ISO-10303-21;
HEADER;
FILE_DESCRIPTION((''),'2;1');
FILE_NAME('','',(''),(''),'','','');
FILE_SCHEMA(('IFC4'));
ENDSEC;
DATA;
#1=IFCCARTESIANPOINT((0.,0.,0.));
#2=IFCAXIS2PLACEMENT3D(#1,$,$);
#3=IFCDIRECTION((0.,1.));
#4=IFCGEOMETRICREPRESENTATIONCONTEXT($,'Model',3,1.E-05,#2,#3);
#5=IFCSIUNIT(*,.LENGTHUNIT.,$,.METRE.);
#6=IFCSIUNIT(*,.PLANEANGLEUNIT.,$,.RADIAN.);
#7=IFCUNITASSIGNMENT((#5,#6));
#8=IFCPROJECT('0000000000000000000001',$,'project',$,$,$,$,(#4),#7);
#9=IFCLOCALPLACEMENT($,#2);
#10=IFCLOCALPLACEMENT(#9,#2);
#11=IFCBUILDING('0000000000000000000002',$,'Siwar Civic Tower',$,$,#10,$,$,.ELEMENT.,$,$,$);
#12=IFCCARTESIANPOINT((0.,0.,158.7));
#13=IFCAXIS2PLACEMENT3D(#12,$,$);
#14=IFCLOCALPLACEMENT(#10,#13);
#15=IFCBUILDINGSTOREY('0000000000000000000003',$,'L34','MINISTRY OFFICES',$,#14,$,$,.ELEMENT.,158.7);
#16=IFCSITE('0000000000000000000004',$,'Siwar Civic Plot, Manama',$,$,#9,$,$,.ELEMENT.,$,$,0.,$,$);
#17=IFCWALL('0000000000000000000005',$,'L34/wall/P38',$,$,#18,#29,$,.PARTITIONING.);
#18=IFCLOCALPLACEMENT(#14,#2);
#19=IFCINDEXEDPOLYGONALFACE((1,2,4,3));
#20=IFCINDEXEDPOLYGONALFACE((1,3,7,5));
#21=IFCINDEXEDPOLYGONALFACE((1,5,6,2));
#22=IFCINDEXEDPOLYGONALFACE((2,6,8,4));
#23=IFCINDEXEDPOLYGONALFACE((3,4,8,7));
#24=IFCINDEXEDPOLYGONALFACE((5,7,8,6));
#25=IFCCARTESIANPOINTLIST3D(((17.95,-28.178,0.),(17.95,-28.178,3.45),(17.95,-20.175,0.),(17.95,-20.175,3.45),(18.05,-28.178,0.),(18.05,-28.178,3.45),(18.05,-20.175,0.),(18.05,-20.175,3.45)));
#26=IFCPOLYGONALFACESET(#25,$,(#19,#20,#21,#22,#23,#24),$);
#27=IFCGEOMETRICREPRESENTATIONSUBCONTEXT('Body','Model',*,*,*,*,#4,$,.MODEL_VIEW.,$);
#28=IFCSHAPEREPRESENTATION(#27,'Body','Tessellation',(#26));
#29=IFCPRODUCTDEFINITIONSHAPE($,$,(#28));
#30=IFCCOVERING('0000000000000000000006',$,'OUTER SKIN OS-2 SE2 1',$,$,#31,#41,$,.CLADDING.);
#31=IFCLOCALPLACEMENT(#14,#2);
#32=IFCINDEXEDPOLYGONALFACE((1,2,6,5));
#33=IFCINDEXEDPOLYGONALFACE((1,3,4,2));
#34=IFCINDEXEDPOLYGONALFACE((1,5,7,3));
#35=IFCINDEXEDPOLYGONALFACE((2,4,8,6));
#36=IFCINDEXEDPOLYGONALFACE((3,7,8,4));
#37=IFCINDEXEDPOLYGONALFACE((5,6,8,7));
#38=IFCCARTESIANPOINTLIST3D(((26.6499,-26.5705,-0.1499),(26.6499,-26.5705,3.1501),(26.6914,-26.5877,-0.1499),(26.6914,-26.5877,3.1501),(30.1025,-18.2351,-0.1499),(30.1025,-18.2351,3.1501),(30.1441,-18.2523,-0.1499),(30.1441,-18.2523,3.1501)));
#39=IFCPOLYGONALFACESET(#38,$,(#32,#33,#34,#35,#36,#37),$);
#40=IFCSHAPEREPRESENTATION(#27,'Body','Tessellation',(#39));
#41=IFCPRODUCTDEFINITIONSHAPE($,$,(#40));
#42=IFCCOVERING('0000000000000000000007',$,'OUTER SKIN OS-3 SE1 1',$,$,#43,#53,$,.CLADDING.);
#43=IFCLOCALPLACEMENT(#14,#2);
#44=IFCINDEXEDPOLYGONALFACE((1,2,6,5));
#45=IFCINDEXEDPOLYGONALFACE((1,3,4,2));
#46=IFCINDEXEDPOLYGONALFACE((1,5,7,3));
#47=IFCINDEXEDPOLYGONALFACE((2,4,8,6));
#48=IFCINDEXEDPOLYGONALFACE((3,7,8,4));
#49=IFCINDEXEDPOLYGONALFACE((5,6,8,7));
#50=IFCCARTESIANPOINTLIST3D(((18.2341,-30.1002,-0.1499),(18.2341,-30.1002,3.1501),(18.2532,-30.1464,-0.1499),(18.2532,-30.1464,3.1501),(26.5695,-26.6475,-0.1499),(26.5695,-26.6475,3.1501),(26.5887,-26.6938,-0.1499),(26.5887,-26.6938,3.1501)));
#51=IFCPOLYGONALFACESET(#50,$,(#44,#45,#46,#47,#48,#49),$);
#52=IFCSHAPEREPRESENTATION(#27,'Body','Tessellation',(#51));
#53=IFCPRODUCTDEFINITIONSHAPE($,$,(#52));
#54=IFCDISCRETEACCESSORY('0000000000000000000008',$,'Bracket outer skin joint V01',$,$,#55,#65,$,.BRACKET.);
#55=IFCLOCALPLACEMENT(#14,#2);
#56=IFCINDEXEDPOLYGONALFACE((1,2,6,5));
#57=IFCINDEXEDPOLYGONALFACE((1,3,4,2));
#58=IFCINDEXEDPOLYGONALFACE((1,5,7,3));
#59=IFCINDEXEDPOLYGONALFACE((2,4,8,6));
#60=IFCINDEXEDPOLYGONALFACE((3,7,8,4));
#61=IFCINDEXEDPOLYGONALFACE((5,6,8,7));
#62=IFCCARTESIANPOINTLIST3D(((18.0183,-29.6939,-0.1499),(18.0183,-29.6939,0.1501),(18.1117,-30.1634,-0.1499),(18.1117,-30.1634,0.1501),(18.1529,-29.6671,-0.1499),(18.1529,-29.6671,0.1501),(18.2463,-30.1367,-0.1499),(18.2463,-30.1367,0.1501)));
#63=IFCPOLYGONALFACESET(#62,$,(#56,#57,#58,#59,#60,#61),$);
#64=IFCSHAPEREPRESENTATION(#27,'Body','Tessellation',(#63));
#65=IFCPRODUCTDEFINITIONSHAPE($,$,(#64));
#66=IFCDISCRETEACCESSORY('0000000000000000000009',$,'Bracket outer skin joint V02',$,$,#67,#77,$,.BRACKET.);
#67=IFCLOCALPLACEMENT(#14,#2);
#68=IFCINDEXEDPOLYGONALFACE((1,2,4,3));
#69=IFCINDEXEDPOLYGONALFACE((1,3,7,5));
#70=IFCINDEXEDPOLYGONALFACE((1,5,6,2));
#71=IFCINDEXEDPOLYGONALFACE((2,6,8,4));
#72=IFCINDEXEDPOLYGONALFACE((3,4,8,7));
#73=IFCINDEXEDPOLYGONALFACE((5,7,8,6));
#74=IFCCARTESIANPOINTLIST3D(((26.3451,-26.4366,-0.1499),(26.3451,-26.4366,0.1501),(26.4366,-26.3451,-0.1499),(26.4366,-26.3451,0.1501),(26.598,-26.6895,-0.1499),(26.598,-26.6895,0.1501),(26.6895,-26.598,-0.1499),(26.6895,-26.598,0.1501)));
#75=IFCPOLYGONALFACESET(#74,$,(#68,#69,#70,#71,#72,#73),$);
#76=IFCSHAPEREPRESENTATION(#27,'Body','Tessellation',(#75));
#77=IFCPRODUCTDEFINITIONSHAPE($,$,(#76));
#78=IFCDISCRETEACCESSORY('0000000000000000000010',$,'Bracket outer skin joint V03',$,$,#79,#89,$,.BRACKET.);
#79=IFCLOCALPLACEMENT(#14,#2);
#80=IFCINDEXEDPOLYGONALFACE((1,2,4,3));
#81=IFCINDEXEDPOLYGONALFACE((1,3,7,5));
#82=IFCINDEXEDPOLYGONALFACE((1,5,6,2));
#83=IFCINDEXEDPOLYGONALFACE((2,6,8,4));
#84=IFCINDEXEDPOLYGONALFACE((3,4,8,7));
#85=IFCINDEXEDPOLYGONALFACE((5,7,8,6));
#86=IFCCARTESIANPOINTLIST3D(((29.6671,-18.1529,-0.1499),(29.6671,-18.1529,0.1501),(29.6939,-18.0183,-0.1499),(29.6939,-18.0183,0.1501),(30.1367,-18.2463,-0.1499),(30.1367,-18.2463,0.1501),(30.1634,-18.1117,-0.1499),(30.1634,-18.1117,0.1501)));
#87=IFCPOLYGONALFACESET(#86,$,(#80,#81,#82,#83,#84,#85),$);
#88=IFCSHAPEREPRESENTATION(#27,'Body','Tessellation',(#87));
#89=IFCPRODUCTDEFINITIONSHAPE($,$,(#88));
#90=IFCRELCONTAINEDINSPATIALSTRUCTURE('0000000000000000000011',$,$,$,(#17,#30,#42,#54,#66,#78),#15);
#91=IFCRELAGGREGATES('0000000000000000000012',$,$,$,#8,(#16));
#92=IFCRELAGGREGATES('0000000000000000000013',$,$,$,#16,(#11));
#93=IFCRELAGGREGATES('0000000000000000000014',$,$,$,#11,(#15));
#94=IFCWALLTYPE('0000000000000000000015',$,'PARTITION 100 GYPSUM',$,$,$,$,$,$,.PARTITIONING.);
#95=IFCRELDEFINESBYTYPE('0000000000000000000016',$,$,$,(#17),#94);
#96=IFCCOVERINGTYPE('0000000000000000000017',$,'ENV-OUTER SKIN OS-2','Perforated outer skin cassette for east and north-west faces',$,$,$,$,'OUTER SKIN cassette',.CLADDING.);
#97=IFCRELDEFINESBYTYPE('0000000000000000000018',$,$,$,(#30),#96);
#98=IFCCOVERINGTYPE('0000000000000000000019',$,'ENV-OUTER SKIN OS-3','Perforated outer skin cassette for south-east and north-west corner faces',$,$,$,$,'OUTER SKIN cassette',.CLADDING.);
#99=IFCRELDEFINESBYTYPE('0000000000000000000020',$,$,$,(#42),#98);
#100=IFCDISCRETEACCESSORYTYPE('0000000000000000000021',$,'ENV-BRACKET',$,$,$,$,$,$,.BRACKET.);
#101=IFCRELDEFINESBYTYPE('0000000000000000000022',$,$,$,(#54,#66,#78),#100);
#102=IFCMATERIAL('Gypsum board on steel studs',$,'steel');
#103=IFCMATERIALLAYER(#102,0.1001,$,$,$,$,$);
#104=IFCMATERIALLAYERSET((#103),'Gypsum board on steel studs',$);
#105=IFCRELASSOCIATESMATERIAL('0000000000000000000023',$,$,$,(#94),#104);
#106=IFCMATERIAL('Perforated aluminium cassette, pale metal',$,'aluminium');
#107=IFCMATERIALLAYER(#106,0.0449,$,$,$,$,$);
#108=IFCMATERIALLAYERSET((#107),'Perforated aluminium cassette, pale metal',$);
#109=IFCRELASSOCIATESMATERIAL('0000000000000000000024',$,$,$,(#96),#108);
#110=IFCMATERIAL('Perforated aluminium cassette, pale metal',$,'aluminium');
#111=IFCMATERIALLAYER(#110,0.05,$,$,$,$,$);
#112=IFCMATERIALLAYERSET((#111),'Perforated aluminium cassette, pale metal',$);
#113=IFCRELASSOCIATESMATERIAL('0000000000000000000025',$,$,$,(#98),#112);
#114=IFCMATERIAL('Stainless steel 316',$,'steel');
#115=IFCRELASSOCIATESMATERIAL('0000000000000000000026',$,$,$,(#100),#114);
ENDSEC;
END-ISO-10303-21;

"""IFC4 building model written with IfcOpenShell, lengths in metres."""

from ifc_helpers import new_model, si_unit, direction, frame, frame_2d, origin, origin_2d, place, context, subcontext, project, spatial, rectangle, extrude, material, layer, layer_set, type_object, element, save


model = new_model("IFC4")

# Units and contexts
model_context = context("Model", 3, precision=1e-05, world=origin(), true_north=direction((0.0, 1.0)))
body_context = subcontext(model_context, "Body", "Model", "MODEL_VIEW")
ifc_project = project(units=[si_unit("LENGTHUNIT", "METRE"), si_unit("PLANEANGLEUNIT", "RADIAN")], contexts=[model_context])

# Site, building, storey
site_placement = place(None, origin())
site = spatial("IfcSite", under=ifc_project, at=site_placement, Name="Siwar Civic Plot, Manama", CompositionType="ELEMENT", RefElevation=0.0)
building_placement = place(site_placement, origin())
building = spatial("IfcBuilding", under=site, at=building_placement, Name="Siwar Civic Tower", CompositionType="ELEMENT")
storey_placement = place(building_placement, frame((0.0, 0.0, 158.7)))
storey = spatial("IfcBuildingStorey", under=building, at=storey_placement, Name="L34", Description="MINISTRY OFFICES", CompositionType="ELEMENT", Elevation=158.7)

# Wall
ifc_material_1 = material(Name="Gypsum board on steel studs", Category="steel")
ifc_layer_1 = layer(ifc_material_1, 0.1001)
ifc_layer_set_1 = layer_set([ifc_layer_1], Name="Gypsum board on steel studs")
wall_type = type_object("IfcWallType", Name="PARTITION 100 GYPSUM", PredefinedType="PARTITIONING", material=ifc_layer_set_1)
wall_placement = place(storey_placement, frame((18.0, -28.178, 0.0), z_axis=(0.0, 0.0, 1.0), x_axis=(0.0, 1.0, 0.0)))
element("IfcWall", 1, at=wall_placement, inside=storey, type_object=wall_type, Name="L34/wall/P38", PredefinedType="PARTITIONING", context=body_context, shape_type="SweptSolid", body=[
    extrude(rectangle(XDim=8.0029, YDim=0.1001, at=frame_2d((4.0015, 0.0))), origin(), (0.0, 0.0, 1.0), 3.45),
])

# Coverings
ifc_material_2 = material(Name="Perforated aluminium cassette, pale metal", Category="aluminium")
ifc_layer_2 = layer(ifc_material_2, 0.0449)
ifc_layer_set_2 = layer_set([ifc_layer_2], Name="Perforated aluminium cassette, pale metal")
covering_type_1 = type_object("IfcCoveringType", Name="ENV-OUTER SKIN OS-2", Description="Perforated outer skin cassette for east and north-west faces", ElementType="OUTER SKIN cassette", PredefinedType="CLADDING", material=ifc_layer_set_2)
covering_1_placement = place(storey_placement, frame((28.397, -22.4114, -0.1499), z_axis=(0.0, 0.0, 1.0), x_axis=(0.382683, 0.92388, 0.0)))
element("IfcCovering", 2, at=covering_1_placement, inside=storey, type_object=covering_type_1, Name="OUTER SKIN OS-2 SE2 1", PredefinedType="CLADDING", context=body_context, shape_type="SweptSolid", body=[
    extrude(rectangle(XDim=9.0222, YDim=0.0449, at=origin_2d()), origin(), (0.0, 0.0, 1.0), 3.3),
])
ifc_material_3 = material(Name="Perforated aluminium cassette, pale metal", Category="aluminium")
ifc_layer_3 = layer(ifc_material_3, 0.05)
ifc_layer_set_3 = layer_set([ifc_layer_3], Name="Perforated aluminium cassette, pale metal")
covering_type_2 = type_object("IfcCoveringType", Name="ENV-OUTER SKIN OS-3", Description="Perforated outer skin cassette for south-east and north-west corner faces", ElementType="OUTER SKIN cassette", PredefinedType="CLADDING", material=ifc_layer_set_3)
covering_2_placement = place(storey_placement, frame((22.4114, -28.397, -0.1499), z_axis=(0.0, 0.0, 1.0), x_axis=(0.92388, 0.382683, 0.0)))
element("IfcCovering", 3, at=covering_2_placement, inside=storey, type_object=covering_type_2, Name="OUTER SKIN OS-3 SE1 1", PredefinedType="CLADDING", context=body_context, shape_type="SweptSolid", body=[
    extrude(rectangle(XDim=9.0222, YDim=0.05, at=origin_2d()), origin(), (0.0, 0.0, 1.0), 3.3),
])

# Discrete accessories
ifc_material_4 = material(Name="Stainless steel 316", Category="steel")
discrete_accessory_type = type_object("IfcDiscreteAccessoryType", Name="ENV-BRACKET", PredefinedType="BRACKET", material=ifc_material_4)
discrete_accessory_1_placement = place(storey_placement, frame((18.1323, -29.9153, -0.1499), z_axis=(0.0, 0.0, 1.0), x_axis=(0.19509, -0.980785, 0.0)))
element("IfcDiscreteAccessory", 4, at=discrete_accessory_1_placement, inside=storey, type_object=discrete_accessory_type, Name="Bracket outer skin joint V01", PredefinedType="BRACKET", context=body_context, shape_type="SweptSolid", body=[
    extrude(rectangle(XDim=0.4788, YDim=0.1372, at=origin_2d()), origin(), (0.0, 0.0, 1.0), 0.3),
])
discrete_accessory_2_placement = place(storey_placement, frame((26.5173, -26.5173, -0.1499), z_axis=(0.0, 0.0, 1.0), x_axis=(0.707107, -0.707107, 0.0)))
element("IfcDiscreteAccessory", 5, at=discrete_accessory_2_placement, inside=storey, type_object=discrete_accessory_type, Name="Bracket outer skin joint V02", PredefinedType="BRACKET", context=body_context, shape_type="SweptSolid", body=[
    extrude(rectangle(XDim=0.3577, YDim=0.1294, at=origin_2d()), origin(), (0.0, 0.0, 1.0), 0.3),
])
discrete_accessory_3_placement = place(storey_placement, frame((29.9153, -18.1323, -0.1499), z_axis=(0.0, 0.0, 1.0), x_axis=(0.980785, -0.19509, 0.0)))
element("IfcDiscreteAccessory", 6, at=discrete_accessory_3_placement, inside=storey, type_object=discrete_accessory_type, Name="Bracket outer skin joint V03", PredefinedType="BRACKET", context=body_context, shape_type="SweptSolid", body=[
    extrude(rectangle(XDim=0.4788, YDim=0.1372, at=origin_2d()), origin(), (0.0, 0.0, 1.0), 0.3),
])

save(model, "model.ifc")
